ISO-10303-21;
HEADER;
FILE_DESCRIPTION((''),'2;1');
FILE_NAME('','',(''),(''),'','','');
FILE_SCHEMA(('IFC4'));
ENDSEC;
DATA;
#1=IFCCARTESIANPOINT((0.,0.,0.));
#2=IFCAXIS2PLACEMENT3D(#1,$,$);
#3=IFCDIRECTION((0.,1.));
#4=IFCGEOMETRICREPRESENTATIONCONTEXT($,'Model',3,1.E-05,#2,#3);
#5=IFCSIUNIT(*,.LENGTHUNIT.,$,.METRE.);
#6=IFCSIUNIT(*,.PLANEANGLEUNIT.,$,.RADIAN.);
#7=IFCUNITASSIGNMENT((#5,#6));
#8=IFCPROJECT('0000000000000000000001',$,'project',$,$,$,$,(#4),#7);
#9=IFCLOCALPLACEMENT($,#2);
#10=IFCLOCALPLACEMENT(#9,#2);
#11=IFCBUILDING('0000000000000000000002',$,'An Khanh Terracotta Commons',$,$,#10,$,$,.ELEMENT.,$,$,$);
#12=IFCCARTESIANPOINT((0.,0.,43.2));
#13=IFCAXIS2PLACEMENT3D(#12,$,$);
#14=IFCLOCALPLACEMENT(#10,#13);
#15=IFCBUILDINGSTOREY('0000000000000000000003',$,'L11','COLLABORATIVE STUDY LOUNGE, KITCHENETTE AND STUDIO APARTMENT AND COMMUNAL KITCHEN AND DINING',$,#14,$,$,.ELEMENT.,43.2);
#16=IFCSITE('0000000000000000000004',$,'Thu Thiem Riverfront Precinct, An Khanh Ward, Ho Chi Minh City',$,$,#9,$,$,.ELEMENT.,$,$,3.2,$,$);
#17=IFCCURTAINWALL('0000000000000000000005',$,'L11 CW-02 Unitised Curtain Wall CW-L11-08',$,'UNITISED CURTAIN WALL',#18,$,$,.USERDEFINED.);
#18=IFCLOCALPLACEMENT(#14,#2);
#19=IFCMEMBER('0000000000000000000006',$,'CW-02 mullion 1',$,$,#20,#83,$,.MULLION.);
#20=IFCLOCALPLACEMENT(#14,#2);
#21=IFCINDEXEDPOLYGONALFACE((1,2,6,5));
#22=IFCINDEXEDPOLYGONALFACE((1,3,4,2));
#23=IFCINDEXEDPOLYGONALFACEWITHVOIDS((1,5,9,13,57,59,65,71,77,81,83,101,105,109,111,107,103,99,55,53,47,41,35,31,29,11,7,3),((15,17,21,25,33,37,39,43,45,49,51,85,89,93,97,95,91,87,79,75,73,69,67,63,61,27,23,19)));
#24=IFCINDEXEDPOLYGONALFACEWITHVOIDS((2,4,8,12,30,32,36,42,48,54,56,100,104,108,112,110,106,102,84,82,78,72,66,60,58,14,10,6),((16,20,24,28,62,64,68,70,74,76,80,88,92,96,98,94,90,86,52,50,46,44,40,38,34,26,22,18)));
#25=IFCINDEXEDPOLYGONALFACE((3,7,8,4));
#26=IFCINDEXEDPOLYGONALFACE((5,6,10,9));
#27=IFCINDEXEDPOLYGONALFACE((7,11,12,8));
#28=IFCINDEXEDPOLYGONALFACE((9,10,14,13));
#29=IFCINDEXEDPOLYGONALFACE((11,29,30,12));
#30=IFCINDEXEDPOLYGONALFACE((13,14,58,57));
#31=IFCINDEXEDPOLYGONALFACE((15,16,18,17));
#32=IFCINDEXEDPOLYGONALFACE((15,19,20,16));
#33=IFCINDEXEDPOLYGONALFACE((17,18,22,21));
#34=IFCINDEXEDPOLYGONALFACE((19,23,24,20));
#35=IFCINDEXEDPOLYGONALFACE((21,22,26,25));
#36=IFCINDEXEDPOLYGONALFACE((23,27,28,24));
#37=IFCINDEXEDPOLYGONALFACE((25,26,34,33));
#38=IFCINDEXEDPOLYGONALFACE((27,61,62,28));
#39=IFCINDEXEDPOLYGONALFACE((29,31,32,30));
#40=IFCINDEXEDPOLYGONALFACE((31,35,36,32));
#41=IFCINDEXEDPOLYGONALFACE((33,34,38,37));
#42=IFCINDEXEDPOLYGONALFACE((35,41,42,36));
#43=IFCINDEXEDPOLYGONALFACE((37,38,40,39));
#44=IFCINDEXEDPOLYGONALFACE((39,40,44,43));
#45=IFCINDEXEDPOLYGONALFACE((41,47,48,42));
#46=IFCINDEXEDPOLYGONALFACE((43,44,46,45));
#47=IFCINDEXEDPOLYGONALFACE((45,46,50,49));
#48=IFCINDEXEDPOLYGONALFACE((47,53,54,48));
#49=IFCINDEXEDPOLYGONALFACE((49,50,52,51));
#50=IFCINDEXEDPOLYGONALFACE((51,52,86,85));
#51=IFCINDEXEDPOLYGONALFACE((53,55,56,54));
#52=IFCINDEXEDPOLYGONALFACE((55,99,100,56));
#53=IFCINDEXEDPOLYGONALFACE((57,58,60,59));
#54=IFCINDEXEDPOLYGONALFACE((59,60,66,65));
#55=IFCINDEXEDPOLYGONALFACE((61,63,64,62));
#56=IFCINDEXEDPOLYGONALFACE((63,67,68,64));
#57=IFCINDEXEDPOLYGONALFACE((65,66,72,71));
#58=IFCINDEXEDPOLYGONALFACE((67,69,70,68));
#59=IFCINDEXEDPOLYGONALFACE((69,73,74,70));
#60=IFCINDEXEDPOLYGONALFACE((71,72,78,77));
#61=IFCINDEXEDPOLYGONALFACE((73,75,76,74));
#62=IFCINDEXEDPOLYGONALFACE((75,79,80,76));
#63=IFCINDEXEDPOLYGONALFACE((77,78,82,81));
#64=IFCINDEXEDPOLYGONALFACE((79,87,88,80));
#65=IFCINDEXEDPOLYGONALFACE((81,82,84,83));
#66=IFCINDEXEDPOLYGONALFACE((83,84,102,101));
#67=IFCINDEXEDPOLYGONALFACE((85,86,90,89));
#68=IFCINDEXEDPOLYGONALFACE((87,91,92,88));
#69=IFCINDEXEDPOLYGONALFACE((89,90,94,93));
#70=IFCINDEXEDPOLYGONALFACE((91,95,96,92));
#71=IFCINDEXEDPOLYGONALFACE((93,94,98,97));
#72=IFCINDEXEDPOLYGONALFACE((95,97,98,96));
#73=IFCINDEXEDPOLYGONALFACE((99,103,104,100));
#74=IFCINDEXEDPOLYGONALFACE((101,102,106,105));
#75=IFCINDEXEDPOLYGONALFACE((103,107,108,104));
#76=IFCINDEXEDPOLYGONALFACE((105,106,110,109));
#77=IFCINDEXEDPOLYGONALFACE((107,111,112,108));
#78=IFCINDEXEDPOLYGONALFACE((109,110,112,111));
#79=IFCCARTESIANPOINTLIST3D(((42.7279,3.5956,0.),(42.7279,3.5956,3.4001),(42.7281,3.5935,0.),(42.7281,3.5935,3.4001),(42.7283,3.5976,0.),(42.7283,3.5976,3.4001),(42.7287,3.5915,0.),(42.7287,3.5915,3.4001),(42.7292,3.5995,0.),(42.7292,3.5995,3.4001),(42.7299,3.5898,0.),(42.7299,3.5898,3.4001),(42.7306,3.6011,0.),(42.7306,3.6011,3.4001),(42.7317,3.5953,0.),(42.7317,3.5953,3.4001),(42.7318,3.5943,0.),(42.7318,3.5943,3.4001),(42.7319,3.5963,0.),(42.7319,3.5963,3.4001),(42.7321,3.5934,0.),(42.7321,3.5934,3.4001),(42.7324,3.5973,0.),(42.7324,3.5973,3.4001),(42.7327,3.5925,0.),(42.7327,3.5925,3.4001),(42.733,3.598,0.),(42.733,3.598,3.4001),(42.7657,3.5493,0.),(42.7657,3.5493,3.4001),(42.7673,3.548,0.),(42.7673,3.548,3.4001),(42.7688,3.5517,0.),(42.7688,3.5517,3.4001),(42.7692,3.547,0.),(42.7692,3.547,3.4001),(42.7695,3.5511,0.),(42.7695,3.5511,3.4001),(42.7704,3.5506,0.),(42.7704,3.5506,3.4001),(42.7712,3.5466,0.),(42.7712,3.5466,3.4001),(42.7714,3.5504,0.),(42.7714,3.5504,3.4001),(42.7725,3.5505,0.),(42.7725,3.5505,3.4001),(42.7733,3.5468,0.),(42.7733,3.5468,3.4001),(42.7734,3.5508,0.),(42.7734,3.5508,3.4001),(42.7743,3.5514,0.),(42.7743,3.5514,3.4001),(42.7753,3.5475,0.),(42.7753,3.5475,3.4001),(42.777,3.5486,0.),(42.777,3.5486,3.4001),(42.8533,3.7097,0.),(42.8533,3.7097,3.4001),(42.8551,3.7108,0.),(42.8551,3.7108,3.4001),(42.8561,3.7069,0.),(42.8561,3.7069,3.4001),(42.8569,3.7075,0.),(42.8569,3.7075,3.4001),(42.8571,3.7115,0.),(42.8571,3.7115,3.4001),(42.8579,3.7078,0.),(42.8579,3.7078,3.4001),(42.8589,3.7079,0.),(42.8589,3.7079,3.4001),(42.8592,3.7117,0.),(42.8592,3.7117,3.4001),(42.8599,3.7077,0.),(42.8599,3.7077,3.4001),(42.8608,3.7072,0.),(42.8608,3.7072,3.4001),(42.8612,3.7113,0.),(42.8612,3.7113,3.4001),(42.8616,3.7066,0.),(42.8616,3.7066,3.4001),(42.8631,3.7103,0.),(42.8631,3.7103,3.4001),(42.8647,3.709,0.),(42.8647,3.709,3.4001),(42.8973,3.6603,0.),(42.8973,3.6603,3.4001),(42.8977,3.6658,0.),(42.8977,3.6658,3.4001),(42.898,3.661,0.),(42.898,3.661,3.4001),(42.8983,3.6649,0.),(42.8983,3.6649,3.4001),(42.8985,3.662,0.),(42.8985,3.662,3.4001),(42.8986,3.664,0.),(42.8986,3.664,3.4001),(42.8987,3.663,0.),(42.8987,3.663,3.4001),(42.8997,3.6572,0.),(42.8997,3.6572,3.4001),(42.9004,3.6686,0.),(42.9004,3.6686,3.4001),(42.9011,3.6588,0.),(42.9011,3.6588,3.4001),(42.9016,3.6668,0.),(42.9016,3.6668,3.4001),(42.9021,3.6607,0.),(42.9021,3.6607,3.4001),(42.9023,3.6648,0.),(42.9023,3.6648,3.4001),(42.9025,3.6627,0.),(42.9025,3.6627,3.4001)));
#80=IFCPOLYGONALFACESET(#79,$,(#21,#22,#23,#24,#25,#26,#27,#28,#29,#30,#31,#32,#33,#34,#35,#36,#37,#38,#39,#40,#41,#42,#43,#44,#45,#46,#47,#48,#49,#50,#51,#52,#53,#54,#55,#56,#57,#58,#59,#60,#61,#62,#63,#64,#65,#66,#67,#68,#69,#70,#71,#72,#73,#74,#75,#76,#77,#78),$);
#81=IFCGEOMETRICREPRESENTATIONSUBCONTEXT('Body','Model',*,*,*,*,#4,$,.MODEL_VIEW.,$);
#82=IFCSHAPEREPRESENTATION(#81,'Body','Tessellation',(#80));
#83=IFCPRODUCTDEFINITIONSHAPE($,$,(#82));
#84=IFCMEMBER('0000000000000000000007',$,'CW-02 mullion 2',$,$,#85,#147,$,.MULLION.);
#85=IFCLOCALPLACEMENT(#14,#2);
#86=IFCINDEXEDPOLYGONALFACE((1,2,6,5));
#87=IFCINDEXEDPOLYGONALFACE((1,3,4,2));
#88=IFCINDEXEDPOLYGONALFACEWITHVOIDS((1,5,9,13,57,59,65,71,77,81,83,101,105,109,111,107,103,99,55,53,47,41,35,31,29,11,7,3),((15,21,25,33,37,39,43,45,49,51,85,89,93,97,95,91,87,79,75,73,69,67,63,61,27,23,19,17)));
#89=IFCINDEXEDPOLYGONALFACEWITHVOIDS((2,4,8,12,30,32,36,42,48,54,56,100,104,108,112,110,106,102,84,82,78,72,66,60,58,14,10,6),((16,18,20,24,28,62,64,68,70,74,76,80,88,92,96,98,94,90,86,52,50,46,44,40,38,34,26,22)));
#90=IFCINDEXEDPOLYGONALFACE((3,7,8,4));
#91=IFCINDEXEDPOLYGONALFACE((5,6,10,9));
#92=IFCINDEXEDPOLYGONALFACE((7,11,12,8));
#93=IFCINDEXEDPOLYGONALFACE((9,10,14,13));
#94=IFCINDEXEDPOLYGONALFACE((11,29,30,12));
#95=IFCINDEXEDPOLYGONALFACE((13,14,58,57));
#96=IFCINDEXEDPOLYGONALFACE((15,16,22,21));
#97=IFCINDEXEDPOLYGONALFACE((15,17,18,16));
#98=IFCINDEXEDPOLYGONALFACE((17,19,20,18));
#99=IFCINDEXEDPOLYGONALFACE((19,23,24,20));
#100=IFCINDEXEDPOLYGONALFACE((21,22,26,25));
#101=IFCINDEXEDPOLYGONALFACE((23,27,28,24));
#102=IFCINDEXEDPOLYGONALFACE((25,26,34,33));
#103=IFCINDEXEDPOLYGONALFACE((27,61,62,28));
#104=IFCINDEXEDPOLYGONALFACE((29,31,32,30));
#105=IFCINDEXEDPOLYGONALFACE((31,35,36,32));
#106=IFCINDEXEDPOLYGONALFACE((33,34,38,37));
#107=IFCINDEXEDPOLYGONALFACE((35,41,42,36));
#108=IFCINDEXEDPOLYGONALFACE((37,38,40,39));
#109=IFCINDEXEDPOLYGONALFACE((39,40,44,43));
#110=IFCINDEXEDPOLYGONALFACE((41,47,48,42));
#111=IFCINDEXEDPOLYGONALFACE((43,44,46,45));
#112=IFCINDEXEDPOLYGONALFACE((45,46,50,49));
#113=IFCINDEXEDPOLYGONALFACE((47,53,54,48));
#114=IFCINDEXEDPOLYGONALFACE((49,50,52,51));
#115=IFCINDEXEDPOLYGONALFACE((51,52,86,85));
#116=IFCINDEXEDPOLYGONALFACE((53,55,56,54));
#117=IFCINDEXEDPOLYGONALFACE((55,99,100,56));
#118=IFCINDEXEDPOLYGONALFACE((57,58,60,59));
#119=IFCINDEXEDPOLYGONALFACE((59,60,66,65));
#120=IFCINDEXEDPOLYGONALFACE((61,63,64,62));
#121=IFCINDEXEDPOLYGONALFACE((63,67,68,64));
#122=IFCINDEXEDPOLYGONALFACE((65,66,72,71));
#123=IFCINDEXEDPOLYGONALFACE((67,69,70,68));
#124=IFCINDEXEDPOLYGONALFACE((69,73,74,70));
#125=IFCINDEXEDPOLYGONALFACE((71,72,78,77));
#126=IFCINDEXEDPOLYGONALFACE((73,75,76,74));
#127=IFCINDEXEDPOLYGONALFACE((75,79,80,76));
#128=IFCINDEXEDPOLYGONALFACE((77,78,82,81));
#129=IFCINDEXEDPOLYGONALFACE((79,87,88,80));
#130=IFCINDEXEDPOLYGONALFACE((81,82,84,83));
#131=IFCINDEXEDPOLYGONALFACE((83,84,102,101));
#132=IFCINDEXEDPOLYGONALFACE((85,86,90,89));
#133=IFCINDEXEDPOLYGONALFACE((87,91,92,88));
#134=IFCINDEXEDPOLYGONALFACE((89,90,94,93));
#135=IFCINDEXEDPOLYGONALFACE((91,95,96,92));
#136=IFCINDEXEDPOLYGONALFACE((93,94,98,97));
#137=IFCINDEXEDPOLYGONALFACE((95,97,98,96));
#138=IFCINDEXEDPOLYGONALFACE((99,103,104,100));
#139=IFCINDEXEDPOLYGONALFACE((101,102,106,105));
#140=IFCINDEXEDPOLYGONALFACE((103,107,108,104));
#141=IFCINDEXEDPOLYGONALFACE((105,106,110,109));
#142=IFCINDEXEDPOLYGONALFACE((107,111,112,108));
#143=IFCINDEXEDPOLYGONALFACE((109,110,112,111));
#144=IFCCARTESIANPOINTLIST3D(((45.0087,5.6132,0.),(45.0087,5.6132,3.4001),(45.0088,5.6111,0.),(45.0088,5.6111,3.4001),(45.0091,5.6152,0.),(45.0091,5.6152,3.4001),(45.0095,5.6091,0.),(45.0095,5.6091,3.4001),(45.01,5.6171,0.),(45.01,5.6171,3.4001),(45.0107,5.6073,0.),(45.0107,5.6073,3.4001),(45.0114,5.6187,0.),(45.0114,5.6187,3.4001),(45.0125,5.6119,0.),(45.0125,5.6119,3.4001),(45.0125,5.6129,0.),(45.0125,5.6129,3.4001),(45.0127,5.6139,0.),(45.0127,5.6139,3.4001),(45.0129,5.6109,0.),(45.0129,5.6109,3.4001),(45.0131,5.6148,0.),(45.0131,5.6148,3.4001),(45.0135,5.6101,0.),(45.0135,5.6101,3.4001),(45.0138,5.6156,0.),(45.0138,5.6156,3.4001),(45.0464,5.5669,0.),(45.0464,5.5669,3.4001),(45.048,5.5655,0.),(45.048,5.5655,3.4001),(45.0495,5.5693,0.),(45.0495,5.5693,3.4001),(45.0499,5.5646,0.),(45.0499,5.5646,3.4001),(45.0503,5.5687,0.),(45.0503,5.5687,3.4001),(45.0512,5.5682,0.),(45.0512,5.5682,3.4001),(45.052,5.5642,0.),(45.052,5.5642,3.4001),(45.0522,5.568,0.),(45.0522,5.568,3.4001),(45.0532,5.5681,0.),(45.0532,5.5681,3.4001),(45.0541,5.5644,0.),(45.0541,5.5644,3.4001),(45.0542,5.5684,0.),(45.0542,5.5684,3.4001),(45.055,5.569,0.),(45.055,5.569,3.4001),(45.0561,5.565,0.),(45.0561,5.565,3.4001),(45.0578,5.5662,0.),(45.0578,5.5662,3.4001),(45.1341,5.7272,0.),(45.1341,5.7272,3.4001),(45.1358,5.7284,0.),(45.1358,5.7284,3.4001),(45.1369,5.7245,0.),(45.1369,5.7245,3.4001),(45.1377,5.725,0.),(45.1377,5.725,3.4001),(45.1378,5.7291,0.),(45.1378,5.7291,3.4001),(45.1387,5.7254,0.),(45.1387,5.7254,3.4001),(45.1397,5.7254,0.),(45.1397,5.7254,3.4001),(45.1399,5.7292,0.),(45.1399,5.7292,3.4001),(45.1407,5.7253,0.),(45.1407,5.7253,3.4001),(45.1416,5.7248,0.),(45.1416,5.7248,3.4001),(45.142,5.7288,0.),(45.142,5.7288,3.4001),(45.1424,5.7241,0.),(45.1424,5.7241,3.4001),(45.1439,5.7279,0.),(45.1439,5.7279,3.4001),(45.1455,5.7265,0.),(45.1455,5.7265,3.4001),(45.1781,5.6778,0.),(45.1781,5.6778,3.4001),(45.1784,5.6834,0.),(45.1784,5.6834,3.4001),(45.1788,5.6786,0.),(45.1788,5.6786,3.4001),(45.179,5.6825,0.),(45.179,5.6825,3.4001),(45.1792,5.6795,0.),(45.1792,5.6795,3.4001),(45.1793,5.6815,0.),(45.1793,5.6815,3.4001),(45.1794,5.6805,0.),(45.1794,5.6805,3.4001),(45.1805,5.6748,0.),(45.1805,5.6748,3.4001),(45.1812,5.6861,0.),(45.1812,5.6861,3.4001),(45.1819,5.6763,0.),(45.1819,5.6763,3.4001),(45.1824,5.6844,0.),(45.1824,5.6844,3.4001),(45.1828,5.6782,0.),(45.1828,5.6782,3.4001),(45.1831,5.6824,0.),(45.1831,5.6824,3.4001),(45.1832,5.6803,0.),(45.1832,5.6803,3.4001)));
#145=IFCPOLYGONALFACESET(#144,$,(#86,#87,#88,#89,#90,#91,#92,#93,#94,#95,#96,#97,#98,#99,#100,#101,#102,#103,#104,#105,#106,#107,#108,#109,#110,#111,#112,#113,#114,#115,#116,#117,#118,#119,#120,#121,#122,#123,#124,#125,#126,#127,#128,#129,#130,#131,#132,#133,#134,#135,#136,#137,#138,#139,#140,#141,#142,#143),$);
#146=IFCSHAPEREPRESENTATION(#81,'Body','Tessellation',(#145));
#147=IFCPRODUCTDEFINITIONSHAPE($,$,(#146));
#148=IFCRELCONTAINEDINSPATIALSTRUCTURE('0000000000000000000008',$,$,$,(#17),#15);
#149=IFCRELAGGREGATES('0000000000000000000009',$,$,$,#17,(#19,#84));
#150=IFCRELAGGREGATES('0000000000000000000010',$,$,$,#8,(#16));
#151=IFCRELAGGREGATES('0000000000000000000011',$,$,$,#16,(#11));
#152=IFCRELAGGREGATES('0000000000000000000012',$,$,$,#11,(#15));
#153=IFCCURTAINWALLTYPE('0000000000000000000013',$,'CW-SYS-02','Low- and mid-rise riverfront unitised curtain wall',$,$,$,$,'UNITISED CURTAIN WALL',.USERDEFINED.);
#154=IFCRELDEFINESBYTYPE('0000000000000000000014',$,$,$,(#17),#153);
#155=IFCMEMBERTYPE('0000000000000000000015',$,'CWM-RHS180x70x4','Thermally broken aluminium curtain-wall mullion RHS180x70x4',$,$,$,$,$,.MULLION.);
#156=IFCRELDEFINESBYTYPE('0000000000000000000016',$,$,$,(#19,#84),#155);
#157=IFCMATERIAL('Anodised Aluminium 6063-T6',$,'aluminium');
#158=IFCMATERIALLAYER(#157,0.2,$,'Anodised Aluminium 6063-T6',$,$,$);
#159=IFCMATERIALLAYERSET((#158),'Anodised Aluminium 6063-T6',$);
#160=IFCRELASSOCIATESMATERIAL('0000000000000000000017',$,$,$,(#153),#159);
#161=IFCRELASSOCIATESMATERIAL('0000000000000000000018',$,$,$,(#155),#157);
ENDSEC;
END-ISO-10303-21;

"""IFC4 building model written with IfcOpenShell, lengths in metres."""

from ifc_helpers import new_model, si_unit, direction, frame, origin, origin_2d, place, context, subcontext, project, spatial, hollow_rectangle, extrude, material, layer, layer_set, material_profile, profile_set, type_object, element, aggregate, save


model = new_model("IFC4")

# Units and contexts
model_context = context("Model", 3, precision=1e-05, world=origin(), true_north=direction((0.0, 1.0)))
body_context = subcontext(model_context, "Body", "Model", "MODEL_VIEW")
ifc_project = project(units=[si_unit("LENGTHUNIT", "METRE"), si_unit("PLANEANGLEUNIT", "RADIAN")], contexts=[model_context])

# Site, building, storey
site_placement = place(None, origin())
site = spatial("IfcSite", under=ifc_project, at=site_placement, Name="Thu Thiem Riverfront Precinct, An Khanh Ward, Ho Chi Minh City", CompositionType="ELEMENT", RefElevation=3.2)
building_placement = place(site_placement, origin())
building = spatial("IfcBuilding", under=site, at=building_placement, Name="An Khanh Terracotta Commons", CompositionType="ELEMENT")
storey_placement = place(building_placement, frame((0.0, 0.0, 43.2)))
storey = spatial("IfcBuildingStorey", under=building, at=storey_placement, Name="L11", Description="COLLABORATIVE STUDY LOUNGE, KITCHENETTE AND STUDIO APARTMENT AND COMMUNAL KITCHEN AND DINING", CompositionType="ELEMENT", Elevation=43.2)

# Curtain wall, members
ifc_material_1 = material(Name="Anodised Aluminium 6063-T6", Category="aluminium")
ifc_layer_1 = layer(ifc_material_1, 0.2, Name="Anodised Aluminium 6063-T6")
ifc_layer_set_1 = layer_set([ifc_layer_1], Name="Anodised Aluminium 6063-T6")
curtain_wall_type = type_object("IfcCurtainWallType", Name="CW-SYS-02", Description="Low- and mid-rise riverfront unitised curtain wall", ElementType="UNITISED CURTAIN WALL", PredefinedType="USERDEFINED", material=ifc_layer_set_1)
curtain_wall_1_placement = place(storey_placement, origin())
curtain_wall_1 = element("IfcCurtainWall", 1, at=curtain_wall_1_placement, inside=storey, type_object=curtain_wall_type, Name="L11 CW-02 Unitised Curtain Wall CW-L11-08", ObjectType="UNITISED CURTAIN WALL", PredefinedType="USERDEFINED")
ifc_material_profile_1 = material_profile(ifc_material_1, hollow_rectangle(XDim=0.0701, YDim=0.1799, WallThickness=0.0039, InnerFilletRadius=0.0039, OuterFilletRadius=0.0081, at=origin_2d()), Name="RHS180x70x4")
ifc_profile_set_1 = profile_set([ifc_material_profile_1], Name="Anodised Aluminium 6063-T6")
member_type_1 = type_object("IfcMemberType", Name="CWM-RHS180x70x4", Description="Thermally broken aluminium curtain-wall mullion RHS180x70x4", PredefinedType="MULLION", material=ifc_profile_set_1)
member_1_placement = place(storey_placement, frame((42.8152, 3.6292, 0.0), z_axis=(0.0, 0.0, 1.0), x_axis=(-0.662548, 0.749019, 0.0)))
member_1 = element("IfcMember", 2, at=member_1_placement, type_object=member_type_1, Name="CW-02 mullion 1", PredefinedType="MULLION", context=body_context, shape_type="SweptSolid", body=[
    extrude(hollow_rectangle(XDim=0.0701, YDim=0.1799, WallThickness=0.0039, InnerFilletRadius=0.0039, OuterFilletRadius=0.0081, at=origin_2d()), origin(), (0.0, 0.0, 1.0), 3.4001),
])
member_2_placement = place(storey_placement, frame((45.0959, 5.6467, 0.0), z_axis=(0.0, 0.0, 1.0), x_axis=(-0.662548, 0.749019, 0.0)))
member_2 = element("IfcMember", 3, at=member_2_placement, type_object=member_type_1, Name="CW-02 mullion 2", PredefinedType="MULLION", context=body_context, shape_type="SweptSolid", body=[
    extrude(hollow_rectangle(XDim=0.0701, YDim=0.1799, WallThickness=0.0039, InnerFilletRadius=0.0039, OuterFilletRadius=0.0081, at=origin_2d()), origin(), (0.0, 0.0, 1.0), 3.4001),
])

aggregate(curtain_wall_1, [member_1, member_2])

save(model, "model.ifc")
